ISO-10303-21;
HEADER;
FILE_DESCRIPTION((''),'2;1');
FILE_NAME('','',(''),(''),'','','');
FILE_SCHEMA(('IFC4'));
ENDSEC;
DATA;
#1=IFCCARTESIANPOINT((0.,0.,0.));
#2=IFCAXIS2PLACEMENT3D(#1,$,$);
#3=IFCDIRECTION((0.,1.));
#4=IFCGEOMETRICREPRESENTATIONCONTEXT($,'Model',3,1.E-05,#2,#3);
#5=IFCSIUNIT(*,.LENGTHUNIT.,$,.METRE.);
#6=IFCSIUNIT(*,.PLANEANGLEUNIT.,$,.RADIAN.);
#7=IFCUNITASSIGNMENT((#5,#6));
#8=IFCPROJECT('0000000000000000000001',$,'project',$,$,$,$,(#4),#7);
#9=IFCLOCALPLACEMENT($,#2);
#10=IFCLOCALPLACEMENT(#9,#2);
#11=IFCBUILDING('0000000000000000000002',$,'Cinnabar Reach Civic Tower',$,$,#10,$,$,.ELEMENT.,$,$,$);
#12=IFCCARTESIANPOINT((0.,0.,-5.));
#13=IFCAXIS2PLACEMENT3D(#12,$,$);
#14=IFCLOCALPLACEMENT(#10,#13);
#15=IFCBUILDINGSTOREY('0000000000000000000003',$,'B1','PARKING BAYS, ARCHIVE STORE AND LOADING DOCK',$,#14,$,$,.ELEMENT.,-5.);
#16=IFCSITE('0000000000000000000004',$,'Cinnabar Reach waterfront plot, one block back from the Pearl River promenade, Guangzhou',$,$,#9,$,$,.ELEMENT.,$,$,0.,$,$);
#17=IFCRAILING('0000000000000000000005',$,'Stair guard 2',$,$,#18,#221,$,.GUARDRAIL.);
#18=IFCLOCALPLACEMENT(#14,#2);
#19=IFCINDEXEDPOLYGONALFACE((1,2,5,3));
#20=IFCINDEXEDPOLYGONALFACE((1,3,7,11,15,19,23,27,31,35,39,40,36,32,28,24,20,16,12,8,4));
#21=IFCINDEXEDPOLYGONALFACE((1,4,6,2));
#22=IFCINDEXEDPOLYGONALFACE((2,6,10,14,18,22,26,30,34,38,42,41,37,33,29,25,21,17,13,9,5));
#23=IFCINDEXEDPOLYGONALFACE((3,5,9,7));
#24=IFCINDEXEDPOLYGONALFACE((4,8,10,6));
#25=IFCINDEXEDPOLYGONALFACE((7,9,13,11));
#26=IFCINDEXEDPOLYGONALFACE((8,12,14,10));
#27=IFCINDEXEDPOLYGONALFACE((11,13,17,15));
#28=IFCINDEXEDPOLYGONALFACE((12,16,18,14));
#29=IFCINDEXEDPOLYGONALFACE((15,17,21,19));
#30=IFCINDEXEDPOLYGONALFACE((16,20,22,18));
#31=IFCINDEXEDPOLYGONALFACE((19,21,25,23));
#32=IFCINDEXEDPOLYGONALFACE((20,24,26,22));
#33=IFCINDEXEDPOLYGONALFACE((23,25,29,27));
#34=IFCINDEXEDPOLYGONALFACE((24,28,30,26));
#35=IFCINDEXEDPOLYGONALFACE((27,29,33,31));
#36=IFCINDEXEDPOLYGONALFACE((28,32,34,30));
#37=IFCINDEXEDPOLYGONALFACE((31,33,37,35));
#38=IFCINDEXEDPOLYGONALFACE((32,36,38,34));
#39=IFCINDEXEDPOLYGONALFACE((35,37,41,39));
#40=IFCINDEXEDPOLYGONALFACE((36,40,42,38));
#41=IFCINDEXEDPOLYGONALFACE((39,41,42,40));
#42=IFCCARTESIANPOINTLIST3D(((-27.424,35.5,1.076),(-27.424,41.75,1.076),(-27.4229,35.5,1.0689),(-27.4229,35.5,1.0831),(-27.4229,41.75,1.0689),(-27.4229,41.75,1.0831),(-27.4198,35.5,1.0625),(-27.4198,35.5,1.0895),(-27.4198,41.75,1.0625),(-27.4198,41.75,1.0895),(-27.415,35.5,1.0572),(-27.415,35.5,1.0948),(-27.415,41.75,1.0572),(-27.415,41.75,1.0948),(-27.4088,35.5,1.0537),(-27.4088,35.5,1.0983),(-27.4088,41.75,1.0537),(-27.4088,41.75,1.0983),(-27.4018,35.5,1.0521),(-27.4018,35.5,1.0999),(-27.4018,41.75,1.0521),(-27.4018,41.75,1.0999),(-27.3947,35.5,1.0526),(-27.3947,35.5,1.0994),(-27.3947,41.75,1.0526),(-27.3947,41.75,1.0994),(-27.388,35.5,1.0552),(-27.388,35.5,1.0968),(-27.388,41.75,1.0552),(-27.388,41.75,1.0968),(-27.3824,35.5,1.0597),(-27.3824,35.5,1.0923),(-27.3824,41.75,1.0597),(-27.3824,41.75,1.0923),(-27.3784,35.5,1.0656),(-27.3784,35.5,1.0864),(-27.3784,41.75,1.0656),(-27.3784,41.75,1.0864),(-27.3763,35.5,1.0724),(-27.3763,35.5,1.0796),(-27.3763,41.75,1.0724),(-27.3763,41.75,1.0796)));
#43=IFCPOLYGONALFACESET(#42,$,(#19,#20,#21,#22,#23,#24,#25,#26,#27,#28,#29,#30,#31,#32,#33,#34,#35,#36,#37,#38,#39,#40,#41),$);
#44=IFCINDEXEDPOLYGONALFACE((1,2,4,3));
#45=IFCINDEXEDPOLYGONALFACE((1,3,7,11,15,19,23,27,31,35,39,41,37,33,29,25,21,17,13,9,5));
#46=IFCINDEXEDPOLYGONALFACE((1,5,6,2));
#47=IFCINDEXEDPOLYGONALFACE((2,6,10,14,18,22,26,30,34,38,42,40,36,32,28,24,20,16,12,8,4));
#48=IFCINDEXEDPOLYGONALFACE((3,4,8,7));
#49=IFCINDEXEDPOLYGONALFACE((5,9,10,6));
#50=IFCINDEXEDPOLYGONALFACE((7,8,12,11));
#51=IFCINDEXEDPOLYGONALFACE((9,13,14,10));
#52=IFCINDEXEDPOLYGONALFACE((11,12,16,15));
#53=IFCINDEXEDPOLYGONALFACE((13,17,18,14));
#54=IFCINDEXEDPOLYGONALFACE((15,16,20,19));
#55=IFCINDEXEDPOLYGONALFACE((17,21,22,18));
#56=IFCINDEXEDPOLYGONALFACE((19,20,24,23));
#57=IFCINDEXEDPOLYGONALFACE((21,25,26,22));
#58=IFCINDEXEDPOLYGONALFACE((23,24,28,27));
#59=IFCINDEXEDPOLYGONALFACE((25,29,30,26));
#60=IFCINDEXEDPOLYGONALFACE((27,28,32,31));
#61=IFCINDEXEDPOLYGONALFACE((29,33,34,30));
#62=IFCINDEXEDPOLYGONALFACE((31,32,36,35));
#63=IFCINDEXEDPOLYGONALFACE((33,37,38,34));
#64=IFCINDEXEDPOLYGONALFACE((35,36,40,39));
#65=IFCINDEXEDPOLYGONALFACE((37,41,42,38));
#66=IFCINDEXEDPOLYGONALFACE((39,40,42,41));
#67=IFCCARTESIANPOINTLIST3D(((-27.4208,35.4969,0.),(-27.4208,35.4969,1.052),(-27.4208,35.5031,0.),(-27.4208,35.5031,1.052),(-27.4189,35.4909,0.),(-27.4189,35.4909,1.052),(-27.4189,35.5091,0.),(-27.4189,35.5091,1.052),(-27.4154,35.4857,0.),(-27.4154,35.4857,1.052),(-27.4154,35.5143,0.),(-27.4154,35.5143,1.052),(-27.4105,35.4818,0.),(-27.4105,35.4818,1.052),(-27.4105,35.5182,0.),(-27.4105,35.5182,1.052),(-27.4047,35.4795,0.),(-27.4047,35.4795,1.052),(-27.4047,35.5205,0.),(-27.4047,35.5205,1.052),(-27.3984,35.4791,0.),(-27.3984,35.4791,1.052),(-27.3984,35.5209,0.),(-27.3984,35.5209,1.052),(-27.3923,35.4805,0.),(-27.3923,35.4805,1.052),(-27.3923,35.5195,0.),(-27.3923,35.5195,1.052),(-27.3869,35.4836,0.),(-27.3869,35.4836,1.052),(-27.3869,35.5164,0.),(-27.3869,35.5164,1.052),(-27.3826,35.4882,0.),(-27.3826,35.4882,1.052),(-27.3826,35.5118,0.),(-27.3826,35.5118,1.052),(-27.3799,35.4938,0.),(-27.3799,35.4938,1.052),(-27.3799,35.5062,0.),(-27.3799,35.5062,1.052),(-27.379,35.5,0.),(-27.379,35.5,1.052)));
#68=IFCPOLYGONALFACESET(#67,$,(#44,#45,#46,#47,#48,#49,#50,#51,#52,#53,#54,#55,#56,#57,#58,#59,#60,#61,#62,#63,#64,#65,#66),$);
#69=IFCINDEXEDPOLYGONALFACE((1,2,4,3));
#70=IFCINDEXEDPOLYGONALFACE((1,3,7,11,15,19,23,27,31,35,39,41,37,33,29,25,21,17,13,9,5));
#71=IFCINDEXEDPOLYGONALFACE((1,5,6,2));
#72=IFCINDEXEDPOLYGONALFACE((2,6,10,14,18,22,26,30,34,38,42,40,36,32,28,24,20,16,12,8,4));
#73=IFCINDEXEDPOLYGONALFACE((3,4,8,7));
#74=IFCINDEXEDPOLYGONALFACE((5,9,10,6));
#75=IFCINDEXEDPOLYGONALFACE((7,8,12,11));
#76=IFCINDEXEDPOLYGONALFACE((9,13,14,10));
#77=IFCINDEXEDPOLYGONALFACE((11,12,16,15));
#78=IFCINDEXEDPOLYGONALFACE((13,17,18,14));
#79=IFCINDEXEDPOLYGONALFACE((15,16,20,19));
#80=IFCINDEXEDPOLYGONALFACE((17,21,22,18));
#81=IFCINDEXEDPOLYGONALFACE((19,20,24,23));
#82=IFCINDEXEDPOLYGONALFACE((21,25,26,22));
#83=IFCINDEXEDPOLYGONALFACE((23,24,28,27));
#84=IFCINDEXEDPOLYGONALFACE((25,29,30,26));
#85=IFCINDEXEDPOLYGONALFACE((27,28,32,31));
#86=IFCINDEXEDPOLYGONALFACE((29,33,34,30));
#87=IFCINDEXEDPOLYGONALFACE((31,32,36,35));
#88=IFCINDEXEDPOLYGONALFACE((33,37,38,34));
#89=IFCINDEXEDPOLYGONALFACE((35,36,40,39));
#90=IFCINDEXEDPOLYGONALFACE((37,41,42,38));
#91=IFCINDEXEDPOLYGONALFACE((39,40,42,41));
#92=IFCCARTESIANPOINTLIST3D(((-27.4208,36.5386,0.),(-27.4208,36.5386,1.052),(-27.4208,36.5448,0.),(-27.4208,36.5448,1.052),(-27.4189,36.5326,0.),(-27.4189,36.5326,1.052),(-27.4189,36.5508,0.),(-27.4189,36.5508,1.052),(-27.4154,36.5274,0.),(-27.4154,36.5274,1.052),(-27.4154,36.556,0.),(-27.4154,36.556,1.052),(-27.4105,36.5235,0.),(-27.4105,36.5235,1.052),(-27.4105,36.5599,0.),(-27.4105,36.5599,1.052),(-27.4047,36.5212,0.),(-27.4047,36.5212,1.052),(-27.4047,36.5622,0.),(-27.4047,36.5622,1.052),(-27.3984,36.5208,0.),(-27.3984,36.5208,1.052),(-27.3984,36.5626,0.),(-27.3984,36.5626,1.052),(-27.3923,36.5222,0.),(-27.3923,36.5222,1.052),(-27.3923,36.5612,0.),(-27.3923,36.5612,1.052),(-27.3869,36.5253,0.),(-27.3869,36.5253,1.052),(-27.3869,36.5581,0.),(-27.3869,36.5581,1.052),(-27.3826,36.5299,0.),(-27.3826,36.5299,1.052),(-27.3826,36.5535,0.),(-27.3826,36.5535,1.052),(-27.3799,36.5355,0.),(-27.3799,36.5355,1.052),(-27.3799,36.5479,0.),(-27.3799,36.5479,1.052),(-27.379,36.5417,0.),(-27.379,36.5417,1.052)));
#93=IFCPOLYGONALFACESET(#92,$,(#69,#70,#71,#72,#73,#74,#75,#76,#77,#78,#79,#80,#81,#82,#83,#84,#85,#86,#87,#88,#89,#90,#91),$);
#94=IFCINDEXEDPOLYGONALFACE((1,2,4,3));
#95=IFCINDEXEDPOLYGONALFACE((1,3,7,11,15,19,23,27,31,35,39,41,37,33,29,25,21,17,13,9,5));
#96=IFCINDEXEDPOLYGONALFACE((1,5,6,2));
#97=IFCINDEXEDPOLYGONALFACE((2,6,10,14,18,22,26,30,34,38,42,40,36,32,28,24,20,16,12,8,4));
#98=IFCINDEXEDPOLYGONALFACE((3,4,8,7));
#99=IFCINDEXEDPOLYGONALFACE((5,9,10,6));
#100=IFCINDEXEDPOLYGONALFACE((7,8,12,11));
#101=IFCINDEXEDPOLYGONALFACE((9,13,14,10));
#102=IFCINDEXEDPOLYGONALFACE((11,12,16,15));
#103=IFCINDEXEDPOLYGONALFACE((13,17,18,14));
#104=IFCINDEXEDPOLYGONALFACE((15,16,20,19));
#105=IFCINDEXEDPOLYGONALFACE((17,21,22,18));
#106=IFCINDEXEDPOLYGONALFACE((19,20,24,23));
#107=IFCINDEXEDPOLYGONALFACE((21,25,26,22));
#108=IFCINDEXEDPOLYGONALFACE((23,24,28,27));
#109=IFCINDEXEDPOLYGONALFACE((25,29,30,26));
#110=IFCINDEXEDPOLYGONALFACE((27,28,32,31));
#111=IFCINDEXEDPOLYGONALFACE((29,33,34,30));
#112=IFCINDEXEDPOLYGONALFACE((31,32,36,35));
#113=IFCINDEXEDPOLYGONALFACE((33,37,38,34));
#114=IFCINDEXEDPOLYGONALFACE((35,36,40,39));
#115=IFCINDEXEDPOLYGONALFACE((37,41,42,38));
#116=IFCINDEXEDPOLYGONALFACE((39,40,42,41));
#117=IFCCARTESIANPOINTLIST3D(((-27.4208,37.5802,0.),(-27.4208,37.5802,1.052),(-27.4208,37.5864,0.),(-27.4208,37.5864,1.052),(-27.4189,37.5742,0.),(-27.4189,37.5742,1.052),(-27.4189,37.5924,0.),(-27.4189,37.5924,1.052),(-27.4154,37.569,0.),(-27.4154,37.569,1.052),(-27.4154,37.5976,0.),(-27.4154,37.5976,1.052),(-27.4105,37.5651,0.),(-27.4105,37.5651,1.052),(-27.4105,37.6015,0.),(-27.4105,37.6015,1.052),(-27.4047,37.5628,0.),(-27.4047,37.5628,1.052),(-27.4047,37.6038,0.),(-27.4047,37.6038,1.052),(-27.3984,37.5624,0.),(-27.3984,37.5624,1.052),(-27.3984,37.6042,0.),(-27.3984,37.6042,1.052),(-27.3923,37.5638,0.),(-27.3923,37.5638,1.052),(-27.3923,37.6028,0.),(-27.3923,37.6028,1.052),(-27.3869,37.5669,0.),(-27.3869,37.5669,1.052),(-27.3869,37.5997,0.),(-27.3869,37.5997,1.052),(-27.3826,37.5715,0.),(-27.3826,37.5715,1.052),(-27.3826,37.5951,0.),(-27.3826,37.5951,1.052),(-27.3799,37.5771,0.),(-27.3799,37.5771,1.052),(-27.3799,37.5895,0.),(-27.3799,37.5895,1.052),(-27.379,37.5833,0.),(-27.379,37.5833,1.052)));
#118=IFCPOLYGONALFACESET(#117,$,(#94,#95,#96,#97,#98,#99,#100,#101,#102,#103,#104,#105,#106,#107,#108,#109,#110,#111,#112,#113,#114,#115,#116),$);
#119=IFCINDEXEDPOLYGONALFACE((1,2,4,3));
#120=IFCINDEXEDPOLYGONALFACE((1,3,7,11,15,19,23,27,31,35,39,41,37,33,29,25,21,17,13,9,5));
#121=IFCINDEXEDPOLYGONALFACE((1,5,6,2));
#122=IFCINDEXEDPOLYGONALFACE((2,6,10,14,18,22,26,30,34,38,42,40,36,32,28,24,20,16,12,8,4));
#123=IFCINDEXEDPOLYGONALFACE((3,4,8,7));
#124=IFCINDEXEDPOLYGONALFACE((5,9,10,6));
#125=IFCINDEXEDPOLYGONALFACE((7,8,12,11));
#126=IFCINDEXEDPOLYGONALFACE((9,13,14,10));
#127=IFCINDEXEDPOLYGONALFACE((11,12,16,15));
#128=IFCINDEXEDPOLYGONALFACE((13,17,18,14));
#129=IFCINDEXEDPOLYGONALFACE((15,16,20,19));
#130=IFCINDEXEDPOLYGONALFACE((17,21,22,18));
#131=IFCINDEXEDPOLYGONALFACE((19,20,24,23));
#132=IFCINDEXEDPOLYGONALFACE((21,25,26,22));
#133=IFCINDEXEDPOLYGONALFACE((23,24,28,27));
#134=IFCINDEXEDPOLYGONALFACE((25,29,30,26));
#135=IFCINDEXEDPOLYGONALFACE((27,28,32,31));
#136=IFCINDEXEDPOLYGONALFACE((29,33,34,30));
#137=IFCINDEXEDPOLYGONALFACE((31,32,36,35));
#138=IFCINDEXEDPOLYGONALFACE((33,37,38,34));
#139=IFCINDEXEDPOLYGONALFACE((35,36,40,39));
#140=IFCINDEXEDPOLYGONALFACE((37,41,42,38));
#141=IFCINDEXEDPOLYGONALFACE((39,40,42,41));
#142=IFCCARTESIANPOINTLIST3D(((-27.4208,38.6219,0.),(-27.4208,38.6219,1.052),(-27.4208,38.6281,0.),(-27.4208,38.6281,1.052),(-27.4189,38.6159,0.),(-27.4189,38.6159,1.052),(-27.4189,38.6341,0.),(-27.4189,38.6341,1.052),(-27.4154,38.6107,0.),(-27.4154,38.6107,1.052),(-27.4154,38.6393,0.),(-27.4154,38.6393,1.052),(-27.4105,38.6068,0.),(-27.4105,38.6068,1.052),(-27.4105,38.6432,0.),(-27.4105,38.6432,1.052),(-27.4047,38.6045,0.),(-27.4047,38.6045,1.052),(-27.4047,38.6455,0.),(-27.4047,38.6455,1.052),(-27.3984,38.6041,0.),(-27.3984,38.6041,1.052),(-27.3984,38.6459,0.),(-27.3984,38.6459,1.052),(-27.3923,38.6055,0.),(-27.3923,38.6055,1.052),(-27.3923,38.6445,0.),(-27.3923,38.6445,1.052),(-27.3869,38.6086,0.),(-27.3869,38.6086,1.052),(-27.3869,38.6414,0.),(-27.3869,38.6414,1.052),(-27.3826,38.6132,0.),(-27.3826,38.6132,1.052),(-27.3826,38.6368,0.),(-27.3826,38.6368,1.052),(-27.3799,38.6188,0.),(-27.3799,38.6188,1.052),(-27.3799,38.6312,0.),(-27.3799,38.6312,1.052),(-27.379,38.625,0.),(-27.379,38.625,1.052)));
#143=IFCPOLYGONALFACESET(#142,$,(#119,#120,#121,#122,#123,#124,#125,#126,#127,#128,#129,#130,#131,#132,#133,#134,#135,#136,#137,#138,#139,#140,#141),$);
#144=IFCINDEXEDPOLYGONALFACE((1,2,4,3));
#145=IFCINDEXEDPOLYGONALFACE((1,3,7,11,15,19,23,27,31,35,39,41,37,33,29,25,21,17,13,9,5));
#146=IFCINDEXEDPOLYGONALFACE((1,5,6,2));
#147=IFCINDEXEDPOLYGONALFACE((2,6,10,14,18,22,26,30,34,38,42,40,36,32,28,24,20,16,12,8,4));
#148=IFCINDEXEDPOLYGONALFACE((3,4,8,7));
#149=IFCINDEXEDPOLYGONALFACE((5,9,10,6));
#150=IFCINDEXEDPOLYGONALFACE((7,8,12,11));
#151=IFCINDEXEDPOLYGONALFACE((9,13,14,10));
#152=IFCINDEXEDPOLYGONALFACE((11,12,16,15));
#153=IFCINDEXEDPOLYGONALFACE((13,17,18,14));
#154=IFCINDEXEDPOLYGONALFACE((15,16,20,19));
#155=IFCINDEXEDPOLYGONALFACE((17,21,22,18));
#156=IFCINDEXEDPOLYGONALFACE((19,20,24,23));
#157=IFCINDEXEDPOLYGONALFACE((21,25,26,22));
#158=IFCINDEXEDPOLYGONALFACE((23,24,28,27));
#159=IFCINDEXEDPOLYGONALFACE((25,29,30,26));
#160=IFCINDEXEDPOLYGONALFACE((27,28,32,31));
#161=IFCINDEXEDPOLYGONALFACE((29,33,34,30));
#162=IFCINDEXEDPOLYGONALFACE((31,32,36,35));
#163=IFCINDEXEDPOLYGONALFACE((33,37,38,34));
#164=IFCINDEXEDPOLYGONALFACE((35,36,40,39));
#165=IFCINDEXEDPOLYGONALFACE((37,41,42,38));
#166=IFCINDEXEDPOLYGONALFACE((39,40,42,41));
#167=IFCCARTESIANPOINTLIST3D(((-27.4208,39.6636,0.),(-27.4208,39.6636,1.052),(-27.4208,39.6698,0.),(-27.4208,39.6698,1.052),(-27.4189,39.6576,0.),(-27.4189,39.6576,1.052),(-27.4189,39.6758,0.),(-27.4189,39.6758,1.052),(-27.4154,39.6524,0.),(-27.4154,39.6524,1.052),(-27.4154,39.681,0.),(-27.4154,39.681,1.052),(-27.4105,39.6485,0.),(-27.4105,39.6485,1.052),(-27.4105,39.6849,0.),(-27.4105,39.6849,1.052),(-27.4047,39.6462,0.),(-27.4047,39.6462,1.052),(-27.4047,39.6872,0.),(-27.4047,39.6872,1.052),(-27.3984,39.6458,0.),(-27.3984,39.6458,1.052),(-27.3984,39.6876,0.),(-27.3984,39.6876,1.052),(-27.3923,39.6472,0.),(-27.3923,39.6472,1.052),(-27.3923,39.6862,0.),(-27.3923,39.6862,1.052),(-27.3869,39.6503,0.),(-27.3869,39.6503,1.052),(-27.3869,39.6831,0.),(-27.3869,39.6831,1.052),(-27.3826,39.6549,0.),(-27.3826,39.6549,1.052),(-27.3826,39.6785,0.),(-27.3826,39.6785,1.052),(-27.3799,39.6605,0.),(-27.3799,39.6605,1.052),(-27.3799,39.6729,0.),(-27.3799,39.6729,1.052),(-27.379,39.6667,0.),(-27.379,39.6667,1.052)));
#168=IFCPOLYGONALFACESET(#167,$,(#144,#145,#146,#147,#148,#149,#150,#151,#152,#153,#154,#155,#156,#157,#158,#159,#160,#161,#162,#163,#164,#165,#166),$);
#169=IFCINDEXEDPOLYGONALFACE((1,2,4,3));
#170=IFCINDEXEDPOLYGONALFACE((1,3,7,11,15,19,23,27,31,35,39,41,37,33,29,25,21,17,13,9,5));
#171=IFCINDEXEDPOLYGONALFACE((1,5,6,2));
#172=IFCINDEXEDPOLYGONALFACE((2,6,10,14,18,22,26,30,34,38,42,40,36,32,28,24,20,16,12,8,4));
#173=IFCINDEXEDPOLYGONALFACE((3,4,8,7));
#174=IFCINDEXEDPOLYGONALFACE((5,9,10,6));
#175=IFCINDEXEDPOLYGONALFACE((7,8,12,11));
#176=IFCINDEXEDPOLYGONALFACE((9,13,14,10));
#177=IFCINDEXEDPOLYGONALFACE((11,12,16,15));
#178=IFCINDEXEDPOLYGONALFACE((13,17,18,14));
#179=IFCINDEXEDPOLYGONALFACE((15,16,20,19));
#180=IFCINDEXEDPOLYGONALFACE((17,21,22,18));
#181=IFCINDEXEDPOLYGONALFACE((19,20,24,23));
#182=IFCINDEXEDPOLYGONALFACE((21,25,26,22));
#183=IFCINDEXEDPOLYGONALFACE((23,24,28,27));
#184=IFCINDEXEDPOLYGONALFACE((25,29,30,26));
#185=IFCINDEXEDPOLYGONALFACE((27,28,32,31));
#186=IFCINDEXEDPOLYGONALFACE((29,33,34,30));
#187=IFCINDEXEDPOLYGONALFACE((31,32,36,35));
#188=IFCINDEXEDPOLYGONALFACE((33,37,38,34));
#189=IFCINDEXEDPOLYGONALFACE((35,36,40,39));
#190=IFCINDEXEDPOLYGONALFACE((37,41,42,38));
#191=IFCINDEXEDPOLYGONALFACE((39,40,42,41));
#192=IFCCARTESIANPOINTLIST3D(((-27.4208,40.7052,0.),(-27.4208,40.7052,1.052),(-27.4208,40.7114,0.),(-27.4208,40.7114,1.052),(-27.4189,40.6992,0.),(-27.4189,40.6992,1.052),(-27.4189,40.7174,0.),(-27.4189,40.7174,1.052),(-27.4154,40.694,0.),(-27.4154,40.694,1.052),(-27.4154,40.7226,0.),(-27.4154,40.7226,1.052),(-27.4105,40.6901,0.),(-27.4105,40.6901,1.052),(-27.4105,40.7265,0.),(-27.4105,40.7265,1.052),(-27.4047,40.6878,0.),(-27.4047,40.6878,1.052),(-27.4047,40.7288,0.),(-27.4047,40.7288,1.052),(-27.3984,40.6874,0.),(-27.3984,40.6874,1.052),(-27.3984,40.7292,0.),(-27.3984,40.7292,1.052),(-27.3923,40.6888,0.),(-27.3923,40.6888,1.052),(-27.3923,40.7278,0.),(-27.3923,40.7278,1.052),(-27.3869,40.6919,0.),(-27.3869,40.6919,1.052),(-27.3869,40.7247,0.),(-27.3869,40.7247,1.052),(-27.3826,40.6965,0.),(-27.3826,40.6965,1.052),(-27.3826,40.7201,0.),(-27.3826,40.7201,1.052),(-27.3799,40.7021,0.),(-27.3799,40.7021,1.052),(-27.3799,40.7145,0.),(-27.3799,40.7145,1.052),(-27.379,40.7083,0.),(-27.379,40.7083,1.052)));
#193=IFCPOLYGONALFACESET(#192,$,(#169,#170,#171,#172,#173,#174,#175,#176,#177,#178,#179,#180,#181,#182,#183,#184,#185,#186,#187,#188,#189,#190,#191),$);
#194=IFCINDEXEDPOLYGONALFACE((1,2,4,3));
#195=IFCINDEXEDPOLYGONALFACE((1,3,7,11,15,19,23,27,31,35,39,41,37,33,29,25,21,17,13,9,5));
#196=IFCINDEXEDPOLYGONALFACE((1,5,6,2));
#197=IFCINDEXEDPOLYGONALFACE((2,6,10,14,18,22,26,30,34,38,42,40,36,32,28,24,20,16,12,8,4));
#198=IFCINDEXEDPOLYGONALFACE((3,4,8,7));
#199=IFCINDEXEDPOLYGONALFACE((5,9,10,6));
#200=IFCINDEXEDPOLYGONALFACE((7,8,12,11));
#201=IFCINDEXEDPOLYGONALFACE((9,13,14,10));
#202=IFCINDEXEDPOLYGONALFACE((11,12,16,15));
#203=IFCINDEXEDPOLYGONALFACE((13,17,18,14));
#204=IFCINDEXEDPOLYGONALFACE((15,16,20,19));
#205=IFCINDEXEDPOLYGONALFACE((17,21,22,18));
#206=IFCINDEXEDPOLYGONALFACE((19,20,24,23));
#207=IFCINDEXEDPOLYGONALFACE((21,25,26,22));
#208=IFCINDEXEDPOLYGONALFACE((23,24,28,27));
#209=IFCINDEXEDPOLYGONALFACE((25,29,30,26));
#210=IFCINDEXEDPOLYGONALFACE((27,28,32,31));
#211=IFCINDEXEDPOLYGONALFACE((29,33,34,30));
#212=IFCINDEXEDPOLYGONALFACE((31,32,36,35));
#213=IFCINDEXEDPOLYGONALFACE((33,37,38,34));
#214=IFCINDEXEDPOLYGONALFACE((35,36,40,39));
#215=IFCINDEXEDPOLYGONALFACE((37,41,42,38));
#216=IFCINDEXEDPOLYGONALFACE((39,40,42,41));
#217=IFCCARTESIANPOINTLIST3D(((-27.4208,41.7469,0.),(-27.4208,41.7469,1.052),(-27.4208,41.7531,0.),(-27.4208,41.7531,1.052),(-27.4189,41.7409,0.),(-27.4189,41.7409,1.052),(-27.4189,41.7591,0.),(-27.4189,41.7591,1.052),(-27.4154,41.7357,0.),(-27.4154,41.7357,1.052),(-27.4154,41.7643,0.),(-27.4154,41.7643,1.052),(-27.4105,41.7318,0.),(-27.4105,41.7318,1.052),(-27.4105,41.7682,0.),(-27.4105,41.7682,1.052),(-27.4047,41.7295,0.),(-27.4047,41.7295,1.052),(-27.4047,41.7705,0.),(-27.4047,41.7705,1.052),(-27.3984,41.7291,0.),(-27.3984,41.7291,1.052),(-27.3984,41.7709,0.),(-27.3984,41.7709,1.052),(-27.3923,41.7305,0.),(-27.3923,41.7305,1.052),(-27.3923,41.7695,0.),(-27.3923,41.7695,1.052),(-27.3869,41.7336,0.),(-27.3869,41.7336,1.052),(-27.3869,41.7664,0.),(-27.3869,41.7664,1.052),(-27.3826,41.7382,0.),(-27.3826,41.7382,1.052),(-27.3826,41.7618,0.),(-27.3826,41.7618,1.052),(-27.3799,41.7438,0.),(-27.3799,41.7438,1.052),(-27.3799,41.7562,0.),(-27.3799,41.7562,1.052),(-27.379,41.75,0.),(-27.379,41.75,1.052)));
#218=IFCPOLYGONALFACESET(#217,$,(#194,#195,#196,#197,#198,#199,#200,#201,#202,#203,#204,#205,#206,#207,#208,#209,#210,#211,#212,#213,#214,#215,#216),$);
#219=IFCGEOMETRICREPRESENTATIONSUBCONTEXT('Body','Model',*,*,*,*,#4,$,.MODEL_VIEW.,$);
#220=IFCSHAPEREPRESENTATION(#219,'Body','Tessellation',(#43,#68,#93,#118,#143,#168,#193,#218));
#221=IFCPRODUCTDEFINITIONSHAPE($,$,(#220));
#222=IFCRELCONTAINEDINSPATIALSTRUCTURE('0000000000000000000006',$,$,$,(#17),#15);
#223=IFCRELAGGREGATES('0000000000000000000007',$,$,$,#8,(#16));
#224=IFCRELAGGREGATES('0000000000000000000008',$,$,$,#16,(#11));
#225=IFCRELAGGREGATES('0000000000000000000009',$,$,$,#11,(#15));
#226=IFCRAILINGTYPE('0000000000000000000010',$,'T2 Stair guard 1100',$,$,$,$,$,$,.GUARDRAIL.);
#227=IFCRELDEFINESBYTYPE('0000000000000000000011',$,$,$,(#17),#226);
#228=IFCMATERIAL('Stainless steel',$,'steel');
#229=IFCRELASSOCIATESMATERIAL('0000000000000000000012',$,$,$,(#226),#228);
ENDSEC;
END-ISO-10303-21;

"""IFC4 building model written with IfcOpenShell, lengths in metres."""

from ifc_helpers import new_model, si_unit, direction, frame, origin, origin_2d, place, context, subcontext, project, spatial, circle, extrude, material, type_object, element, save


model = new_model("IFC4")

# Units and contexts
model_context = context("Model", 3, precision=1e-05, world=origin(), true_north=direction((0.0, 1.0)))
body_context = subcontext(model_context, "Body", "Model", "MODEL_VIEW")
ifc_project = project(units=[si_unit("LENGTHUNIT", "METRE"), si_unit("PLANEANGLEUNIT", "RADIAN")], contexts=[model_context])

# Site, building, storey
site_placement = place(None, origin())
site = spatial("IfcSite", under=ifc_project, at=site_placement, Name="Cinnabar Reach waterfront plot, one block back from the Pearl River promenade, Guangzhou", CompositionType="ELEMENT", RefElevation=0.0)
building_placement = place(site_placement, origin())
building = spatial("IfcBuilding", under=site, at=building_placement, Name="Cinnabar Reach Civic Tower", CompositionType="ELEMENT")
storey_placement = place(building_placement, frame((0.0, 0.0, -5.0)))
storey = spatial("IfcBuildingStorey", under=building, at=storey_placement, Name="B1", Description="PARKING BAYS, ARCHIVE STORE AND LOADING DOCK", CompositionType="ELEMENT", Elevation=-5.0)

# Railing
ifc_material_1 = material(Name="Stainless steel", Category="steel")
railing_type = type_object("IfcRailingType", Name="T2 Stair guard 1100", PredefinedType="GUARDRAIL", material=ifc_material_1)
for number, where, name in (
    (1, (-27.4, 35.5, 0.0), "Stair guard 2"),
):
    element("IfcRailing", number, at=place(storey_placement, frame(where)), inside=storey, type_object=railing_type, Name=name, PredefinedType="GUARDRAIL", context=body_context, shape_type="SweptSolid", body=[
        extrude(circle(Radius=0.024, at=origin_2d()), frame((0.0, 0.0, 1.076), z_axis=(0.0, 1.0, 0.0), x_axis=(-1.0, 0.0, 0.0)), (0.0, 0.0, 1.0), 6.25),
        extrude(circle(Radius=0.021, at=origin_2d()), origin(), (0.0, 0.0, 1.0), 1.052),
        extrude(circle(Radius=0.021, at=origin_2d()), frame((0.0, 1.0417, 0.0)), (0.0, 0.0, 1.0), 1.052),
        extrude(circle(Radius=0.021, at=origin_2d()), frame((0.0, 2.0833, 0.0)), (0.0, 0.0, 1.0), 1.052),
        extrude(circle(Radius=0.021, at=origin_2d()), frame((0.0, 3.125, 0.0)), (0.0, 0.0, 1.0), 1.052),
        extrude(circle(Radius=0.021, at=origin_2d()), frame((0.0, 4.1667, 0.0)), (0.0, 0.0, 1.0), 1.052),
        extrude(circle(Radius=0.021, at=origin_2d()), frame((0.0, 5.2083, 0.0)), (0.0, 0.0, 1.0), 1.052),
        extrude(circle(Radius=0.021, at=origin_2d()), frame((0.0, 6.25, 0.0)), (0.0, 0.0, 1.0), 1.052),
    ])

save(model, "model.ifc")
